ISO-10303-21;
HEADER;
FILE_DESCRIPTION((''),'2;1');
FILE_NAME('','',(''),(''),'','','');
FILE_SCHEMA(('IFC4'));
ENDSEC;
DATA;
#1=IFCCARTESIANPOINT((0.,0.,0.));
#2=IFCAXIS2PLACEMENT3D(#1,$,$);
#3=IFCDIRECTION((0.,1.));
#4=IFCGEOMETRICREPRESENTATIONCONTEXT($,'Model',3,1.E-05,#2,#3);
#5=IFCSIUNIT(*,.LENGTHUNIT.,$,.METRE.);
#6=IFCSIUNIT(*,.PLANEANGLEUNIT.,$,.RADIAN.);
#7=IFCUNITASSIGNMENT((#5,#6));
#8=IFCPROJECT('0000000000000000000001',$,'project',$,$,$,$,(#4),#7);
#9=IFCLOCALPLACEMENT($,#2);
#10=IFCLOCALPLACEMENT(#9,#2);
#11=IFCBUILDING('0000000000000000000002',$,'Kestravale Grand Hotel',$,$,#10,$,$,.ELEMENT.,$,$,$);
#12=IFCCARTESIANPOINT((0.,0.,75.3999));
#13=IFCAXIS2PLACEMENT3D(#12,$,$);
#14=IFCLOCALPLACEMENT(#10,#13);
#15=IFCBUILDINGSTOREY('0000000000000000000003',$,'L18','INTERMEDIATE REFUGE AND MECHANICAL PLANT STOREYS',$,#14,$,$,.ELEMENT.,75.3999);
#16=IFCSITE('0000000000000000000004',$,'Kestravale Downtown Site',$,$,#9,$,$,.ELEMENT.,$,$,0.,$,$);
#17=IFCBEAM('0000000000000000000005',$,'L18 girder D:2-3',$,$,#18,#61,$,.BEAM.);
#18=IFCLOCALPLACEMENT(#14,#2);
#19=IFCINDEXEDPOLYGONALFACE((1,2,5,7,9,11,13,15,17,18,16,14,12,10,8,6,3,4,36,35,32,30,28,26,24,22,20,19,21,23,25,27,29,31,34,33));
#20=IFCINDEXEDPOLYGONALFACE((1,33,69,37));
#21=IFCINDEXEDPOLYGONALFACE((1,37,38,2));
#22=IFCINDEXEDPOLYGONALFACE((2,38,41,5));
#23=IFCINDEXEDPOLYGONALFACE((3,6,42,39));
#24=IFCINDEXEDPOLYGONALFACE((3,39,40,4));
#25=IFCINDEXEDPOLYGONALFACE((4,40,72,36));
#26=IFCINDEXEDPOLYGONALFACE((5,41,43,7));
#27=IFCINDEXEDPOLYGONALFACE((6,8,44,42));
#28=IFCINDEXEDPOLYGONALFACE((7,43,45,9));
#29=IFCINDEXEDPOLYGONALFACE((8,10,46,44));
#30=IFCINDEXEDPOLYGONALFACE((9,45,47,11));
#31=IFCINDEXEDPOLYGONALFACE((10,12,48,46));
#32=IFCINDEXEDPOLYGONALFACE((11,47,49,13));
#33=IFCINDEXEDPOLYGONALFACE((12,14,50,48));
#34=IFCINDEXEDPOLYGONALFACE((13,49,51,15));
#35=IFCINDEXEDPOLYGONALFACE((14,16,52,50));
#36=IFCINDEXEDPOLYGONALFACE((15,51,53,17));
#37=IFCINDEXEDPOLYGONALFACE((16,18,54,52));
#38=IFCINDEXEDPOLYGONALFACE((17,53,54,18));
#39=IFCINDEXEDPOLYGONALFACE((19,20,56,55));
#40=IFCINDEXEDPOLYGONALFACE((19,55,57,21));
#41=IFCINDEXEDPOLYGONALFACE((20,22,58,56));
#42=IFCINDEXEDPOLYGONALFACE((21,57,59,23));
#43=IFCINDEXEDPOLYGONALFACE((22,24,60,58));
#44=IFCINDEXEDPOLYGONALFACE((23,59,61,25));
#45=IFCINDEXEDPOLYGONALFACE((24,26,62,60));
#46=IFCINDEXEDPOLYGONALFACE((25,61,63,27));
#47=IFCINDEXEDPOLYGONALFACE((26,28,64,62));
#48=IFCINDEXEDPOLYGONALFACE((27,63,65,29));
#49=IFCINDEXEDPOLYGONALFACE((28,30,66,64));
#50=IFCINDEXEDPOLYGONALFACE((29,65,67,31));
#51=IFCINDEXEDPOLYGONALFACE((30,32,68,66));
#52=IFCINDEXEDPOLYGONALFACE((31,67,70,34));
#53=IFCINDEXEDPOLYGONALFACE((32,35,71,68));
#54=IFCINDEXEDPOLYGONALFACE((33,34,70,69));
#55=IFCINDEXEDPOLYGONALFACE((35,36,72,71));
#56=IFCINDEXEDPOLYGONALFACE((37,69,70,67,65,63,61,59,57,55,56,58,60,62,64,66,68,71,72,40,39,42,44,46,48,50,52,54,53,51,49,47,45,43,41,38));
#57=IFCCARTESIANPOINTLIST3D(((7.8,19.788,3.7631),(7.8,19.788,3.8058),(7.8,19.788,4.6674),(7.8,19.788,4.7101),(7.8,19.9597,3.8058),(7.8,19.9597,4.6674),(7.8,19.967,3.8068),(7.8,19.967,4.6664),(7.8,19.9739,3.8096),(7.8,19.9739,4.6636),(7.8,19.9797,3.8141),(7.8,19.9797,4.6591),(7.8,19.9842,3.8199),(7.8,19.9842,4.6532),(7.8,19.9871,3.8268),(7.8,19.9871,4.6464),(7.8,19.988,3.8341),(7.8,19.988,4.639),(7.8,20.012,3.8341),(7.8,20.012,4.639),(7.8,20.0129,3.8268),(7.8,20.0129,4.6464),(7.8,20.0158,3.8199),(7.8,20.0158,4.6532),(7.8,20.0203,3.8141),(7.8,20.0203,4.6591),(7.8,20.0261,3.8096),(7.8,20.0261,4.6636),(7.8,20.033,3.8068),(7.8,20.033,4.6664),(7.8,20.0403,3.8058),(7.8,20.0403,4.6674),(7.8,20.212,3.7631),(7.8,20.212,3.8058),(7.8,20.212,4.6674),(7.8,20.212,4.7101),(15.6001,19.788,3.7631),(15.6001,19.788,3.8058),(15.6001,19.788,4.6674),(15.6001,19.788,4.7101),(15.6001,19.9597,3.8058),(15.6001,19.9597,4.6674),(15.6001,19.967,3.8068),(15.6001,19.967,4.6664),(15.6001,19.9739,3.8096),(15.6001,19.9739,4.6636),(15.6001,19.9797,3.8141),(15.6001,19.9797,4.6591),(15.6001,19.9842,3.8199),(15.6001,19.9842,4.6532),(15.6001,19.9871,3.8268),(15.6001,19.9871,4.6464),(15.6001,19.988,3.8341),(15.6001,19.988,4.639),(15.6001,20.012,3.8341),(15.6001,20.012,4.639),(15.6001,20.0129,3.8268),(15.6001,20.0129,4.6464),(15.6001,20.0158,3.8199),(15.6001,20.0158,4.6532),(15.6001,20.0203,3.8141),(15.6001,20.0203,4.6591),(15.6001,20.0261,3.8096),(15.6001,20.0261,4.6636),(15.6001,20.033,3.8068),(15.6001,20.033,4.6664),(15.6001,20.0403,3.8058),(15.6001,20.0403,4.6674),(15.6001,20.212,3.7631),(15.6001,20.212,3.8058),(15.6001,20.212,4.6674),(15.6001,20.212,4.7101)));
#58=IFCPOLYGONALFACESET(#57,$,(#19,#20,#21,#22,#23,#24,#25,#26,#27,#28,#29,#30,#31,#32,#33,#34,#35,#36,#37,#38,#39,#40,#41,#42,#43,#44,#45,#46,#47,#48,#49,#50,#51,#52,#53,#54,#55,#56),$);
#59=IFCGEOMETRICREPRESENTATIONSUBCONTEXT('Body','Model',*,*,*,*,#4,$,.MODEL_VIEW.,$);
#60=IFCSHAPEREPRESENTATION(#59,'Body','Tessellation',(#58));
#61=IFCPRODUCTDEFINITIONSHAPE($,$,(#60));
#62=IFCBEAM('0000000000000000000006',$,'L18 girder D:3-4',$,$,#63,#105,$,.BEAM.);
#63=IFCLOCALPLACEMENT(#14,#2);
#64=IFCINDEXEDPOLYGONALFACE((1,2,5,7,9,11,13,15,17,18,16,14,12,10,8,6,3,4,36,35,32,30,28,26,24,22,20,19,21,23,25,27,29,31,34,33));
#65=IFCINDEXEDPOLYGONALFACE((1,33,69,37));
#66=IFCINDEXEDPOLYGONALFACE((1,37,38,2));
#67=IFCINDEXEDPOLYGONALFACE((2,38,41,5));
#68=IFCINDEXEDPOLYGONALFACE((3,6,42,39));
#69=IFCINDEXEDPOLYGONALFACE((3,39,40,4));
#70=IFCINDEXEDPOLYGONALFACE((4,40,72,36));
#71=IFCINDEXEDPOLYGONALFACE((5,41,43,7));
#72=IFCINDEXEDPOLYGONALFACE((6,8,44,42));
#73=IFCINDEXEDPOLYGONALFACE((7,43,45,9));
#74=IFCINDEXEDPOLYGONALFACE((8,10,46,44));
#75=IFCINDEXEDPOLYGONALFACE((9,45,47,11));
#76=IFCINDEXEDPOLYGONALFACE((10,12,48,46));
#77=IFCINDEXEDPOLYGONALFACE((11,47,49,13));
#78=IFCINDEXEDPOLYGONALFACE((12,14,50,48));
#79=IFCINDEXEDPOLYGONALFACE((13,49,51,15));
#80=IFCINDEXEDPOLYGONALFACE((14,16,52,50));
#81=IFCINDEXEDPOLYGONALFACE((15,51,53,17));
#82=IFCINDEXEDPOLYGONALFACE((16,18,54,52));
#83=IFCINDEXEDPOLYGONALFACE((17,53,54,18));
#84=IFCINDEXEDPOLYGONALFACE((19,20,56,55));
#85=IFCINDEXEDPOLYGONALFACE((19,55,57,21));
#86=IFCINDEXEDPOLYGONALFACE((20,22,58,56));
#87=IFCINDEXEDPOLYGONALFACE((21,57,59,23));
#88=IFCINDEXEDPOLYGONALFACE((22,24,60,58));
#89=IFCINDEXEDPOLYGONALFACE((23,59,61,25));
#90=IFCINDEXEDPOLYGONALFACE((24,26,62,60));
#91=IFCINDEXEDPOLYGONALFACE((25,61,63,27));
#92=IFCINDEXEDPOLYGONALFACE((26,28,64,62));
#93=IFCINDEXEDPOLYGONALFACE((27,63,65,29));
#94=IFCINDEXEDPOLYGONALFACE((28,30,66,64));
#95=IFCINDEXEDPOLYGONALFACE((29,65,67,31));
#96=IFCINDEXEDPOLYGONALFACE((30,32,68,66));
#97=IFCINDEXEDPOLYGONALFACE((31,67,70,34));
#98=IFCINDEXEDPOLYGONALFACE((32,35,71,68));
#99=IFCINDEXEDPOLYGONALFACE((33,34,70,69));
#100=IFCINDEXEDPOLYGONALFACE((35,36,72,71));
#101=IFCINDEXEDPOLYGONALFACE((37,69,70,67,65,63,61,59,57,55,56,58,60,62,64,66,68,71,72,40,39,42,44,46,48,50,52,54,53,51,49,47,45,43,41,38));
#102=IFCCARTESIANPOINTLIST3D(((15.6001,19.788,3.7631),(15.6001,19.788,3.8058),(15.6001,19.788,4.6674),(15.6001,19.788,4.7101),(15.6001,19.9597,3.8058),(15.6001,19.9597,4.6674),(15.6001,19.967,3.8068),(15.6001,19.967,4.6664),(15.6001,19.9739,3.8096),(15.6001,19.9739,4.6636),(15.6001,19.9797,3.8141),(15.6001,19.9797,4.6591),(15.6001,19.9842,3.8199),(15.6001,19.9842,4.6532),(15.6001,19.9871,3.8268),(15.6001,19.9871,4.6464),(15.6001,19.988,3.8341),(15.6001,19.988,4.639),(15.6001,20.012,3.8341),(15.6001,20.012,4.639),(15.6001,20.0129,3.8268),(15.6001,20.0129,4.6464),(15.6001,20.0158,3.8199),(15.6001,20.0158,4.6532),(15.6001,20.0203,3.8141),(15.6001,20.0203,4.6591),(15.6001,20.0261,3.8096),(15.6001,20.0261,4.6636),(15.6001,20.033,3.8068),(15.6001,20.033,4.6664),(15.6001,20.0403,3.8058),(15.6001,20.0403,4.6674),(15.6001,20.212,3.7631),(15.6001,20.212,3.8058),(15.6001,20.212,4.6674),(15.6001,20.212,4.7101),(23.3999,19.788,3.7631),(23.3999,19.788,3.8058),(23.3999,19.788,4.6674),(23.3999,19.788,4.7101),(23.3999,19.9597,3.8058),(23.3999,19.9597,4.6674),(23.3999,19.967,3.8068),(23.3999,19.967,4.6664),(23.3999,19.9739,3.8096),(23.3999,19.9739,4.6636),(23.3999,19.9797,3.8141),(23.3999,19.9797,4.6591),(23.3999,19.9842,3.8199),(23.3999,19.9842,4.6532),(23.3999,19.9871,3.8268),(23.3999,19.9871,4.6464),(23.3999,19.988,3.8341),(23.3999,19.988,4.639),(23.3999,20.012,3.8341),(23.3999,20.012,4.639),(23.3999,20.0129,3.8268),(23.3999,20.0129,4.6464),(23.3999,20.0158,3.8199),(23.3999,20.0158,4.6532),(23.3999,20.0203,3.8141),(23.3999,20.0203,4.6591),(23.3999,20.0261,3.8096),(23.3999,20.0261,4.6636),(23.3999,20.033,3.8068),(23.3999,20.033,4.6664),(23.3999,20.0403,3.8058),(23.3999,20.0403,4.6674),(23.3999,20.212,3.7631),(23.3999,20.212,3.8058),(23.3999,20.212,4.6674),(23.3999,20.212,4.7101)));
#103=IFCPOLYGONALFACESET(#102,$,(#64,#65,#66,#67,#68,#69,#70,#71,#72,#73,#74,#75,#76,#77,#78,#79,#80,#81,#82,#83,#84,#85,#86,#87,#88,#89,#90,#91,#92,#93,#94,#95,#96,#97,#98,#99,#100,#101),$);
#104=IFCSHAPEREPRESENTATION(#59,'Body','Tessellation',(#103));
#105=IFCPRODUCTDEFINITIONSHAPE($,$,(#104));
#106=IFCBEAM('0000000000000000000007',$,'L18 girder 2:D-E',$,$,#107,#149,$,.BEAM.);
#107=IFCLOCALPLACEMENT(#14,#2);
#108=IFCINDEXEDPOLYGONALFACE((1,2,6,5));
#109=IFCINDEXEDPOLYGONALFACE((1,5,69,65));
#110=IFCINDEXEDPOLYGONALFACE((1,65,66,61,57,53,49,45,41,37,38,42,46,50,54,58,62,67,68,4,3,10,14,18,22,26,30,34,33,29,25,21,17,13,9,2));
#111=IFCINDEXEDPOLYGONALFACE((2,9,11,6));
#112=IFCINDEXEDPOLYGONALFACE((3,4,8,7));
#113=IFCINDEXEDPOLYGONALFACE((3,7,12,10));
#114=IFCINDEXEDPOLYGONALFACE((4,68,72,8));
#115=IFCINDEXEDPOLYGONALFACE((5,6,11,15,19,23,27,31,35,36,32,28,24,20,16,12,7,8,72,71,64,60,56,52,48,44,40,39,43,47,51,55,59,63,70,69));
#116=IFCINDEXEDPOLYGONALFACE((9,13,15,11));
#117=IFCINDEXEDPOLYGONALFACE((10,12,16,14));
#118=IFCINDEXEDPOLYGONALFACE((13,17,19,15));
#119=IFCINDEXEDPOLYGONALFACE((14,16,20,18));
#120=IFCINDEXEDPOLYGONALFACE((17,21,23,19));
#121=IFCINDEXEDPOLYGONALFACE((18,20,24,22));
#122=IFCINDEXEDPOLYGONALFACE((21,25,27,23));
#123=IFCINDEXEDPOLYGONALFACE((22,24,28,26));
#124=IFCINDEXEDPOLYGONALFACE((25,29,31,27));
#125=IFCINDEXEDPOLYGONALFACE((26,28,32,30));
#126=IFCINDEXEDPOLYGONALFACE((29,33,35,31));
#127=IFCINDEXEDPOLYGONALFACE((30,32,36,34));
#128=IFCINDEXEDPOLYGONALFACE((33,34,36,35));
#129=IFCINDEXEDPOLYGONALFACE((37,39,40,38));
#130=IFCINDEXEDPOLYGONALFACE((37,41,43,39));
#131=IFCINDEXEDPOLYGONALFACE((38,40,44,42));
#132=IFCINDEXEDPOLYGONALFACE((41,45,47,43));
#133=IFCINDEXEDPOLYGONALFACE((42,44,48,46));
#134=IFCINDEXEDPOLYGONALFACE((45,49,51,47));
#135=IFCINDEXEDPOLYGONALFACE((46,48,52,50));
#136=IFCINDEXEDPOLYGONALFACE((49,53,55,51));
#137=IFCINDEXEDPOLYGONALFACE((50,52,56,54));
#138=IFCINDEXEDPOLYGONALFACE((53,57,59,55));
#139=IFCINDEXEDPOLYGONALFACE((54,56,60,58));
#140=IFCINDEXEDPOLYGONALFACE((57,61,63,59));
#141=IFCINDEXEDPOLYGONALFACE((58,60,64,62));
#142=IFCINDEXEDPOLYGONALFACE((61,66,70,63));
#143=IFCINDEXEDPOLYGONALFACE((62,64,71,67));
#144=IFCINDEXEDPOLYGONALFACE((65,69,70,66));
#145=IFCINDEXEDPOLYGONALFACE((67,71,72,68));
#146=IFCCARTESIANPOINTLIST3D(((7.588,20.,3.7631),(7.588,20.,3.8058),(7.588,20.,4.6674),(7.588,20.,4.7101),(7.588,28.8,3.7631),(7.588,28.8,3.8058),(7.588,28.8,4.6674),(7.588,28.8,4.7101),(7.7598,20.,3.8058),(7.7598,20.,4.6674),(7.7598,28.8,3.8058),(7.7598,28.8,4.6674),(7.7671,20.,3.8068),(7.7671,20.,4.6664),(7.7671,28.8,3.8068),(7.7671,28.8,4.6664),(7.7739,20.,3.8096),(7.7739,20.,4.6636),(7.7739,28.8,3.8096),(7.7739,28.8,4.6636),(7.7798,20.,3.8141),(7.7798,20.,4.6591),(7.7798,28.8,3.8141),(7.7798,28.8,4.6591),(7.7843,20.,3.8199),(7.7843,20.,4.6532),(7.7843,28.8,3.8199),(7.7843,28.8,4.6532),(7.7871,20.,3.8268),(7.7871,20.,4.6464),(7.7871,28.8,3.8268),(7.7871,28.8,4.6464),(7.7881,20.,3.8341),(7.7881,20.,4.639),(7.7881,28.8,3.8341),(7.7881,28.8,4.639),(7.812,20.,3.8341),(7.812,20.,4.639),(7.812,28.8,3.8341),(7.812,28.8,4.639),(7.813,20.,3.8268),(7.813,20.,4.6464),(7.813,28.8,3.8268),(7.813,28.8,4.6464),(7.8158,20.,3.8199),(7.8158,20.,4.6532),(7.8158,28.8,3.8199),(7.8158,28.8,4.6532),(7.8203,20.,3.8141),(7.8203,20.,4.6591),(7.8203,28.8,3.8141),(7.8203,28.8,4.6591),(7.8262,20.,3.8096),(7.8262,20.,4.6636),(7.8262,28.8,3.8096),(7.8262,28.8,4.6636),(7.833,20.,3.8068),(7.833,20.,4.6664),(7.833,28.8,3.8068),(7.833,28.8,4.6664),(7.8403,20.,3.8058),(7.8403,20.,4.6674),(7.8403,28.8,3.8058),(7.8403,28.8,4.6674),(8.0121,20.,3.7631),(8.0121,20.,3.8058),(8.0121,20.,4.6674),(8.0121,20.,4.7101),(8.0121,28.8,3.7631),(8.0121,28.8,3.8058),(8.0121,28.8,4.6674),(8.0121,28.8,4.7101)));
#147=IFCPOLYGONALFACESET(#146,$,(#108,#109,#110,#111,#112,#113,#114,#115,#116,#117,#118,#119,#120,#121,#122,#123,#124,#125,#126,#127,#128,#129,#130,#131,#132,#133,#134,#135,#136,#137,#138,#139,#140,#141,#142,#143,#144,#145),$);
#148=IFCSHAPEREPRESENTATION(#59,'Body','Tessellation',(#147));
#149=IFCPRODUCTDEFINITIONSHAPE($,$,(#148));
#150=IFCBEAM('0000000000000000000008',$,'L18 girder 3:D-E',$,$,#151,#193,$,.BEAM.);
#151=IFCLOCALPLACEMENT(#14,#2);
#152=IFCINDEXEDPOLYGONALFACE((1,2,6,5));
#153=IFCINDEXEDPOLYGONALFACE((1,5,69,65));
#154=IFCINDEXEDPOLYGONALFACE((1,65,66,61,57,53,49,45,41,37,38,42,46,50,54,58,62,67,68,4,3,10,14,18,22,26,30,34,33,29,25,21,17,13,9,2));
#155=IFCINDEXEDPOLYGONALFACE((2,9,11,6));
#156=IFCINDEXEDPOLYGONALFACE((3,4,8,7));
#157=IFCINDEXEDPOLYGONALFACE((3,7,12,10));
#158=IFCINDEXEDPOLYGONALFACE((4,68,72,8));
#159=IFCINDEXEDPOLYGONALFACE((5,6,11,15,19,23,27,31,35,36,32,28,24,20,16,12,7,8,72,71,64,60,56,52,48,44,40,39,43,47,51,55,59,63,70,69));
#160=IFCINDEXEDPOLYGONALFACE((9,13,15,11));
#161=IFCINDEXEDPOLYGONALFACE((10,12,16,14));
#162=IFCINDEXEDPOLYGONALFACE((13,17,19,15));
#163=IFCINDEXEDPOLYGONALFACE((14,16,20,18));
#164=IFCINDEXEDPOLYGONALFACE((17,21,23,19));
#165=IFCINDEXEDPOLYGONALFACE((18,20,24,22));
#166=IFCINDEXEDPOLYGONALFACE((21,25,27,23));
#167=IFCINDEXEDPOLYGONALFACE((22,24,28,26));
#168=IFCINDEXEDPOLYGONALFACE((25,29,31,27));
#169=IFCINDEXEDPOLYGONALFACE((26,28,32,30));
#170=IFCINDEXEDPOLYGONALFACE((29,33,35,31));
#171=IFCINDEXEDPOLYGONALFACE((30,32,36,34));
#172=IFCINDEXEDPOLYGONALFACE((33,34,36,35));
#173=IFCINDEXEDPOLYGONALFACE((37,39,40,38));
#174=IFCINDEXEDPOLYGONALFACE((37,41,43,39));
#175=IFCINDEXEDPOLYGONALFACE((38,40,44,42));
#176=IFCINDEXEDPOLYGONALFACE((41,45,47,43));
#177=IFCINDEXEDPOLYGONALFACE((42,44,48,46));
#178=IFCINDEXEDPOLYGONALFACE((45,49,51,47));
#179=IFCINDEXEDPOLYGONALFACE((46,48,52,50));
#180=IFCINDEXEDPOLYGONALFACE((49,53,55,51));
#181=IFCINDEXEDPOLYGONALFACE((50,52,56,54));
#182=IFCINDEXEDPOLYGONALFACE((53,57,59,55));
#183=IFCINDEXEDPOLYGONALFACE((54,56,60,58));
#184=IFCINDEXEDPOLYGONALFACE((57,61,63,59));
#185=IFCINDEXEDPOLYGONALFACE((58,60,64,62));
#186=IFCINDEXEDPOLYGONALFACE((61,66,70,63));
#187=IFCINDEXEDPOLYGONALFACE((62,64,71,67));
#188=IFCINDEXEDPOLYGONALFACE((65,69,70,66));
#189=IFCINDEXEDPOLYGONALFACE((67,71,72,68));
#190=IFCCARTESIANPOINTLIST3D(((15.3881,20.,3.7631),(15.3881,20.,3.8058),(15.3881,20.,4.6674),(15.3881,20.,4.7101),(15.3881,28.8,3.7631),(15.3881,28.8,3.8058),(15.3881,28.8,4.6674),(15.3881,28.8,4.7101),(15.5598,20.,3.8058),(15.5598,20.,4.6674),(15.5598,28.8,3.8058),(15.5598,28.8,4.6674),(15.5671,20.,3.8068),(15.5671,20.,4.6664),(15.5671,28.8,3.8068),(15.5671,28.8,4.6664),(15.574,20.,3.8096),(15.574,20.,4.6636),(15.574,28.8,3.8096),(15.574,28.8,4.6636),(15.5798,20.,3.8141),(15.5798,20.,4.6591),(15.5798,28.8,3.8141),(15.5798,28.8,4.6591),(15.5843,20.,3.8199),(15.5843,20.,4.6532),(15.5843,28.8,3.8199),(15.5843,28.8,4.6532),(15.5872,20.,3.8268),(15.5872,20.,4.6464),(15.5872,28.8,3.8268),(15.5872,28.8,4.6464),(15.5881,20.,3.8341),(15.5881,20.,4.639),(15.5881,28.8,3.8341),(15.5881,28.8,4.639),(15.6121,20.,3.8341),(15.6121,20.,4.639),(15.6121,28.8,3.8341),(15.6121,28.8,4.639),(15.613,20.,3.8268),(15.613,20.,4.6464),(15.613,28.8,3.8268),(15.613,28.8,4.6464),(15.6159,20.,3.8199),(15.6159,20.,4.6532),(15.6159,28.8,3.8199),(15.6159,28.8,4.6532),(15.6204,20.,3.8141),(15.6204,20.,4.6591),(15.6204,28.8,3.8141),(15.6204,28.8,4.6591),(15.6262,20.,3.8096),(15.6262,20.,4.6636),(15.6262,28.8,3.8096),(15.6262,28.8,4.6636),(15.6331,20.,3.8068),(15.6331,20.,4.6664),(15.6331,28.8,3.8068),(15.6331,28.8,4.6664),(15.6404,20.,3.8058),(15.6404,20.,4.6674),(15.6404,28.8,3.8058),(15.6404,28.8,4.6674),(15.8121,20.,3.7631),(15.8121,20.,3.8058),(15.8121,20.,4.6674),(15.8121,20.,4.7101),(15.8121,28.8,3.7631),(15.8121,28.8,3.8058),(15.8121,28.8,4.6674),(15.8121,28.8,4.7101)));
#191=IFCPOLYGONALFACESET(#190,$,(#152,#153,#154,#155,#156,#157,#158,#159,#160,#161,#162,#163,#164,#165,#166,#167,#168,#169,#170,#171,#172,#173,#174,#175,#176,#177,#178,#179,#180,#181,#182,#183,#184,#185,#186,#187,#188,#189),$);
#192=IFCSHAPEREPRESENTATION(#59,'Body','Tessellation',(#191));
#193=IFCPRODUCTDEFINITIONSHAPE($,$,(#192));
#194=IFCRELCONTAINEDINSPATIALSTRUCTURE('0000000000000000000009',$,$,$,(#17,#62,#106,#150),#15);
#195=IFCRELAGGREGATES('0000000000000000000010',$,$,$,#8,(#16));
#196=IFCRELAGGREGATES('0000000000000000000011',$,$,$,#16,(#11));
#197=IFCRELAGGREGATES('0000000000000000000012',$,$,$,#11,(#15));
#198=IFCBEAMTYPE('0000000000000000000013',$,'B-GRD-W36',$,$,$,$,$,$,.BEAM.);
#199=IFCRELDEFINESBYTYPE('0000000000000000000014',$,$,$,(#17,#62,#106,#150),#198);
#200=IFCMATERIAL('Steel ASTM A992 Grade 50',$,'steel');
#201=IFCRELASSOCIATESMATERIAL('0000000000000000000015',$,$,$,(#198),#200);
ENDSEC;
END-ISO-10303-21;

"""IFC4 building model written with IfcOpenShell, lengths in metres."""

from ifc_helpers import new_model, si_unit, direction, frame, origin, origin_2d, place, context, subcontext, project, spatial, i_section, extrude, material, material_profile, profile_set, type_object, element, save


model = new_model("IFC4")

# Units and contexts
model_context = context("Model", 3, precision=1e-05, world=origin(), true_north=direction((0.0, 1.0)))
body_context = subcontext(model_context, "Body", "Model", "MODEL_VIEW")
ifc_project = project(units=[si_unit("LENGTHUNIT", "METRE"), si_unit("PLANEANGLEUNIT", "RADIAN")], contexts=[model_context])

# Site, building, storey
site_placement = place(None, origin())
site = spatial("IfcSite", under=ifc_project, at=site_placement, Name="Kestravale Downtown Site", CompositionType="ELEMENT", RefElevation=0.0)
building_placement = place(site_placement, origin())
building = spatial("IfcBuilding", under=site, at=building_placement, Name="Kestravale Grand Hotel", CompositionType="ELEMENT")
storey_placement = place(building_placement, frame((0.0, 0.0, 75.3999)))
storey = spatial("IfcBuildingStorey", under=building, at=storey_placement, Name="L18", Description="INTERMEDIATE REFUGE AND MECHANICAL PLANT STOREYS", CompositionType="ELEMENT", Elevation=75.3999)

# Beams
ifc_material_1 = material(Name="Steel ASTM A992 Grade 50", Category="steel")
ifc_material_profile_1 = material_profile(ifc_material_1, i_section(OverallWidth=0.4241, OverallDepth=0.947, WebThickness=0.0239, FlangeThickness=0.0427, FilletRadius=0.0283, at=origin_2d()))
ifc_profile_set_1 = profile_set([ifc_material_profile_1], Name="Steel ASTM A992 Grade 50")
beam_type_1 = type_object("IfcBeamType", Name="B-GRD-W36", PredefinedType="BEAM", material=ifc_profile_set_1)
beam_1_placement = place(storey_placement, frame((7.8, 20.0, 4.2366), z_axis=(1.0, 0.0, 0.0), x_axis=(0.0, 1.0, 0.0)))
element("IfcBeam", 1, at=beam_1_placement, inside=storey, type_object=beam_type_1, Name="L18 girder D:2-3", PredefinedType="BEAM", context=body_context, shape_type="SweptSolid", body=[
    extrude(i_section(OverallWidth=0.4241, OverallDepth=0.947, WebThickness=0.0239, FlangeThickness=0.0427, FilletRadius=0.0283, at=origin_2d()), origin(), (0.0, 0.0, 1.0), 7.8),
])
beam_2_placement = place(storey_placement, frame((15.6001, 20.0, 4.2366), z_axis=(1.0, 0.0, 0.0), x_axis=(0.0, 1.0, 0.0)))
element("IfcBeam", 2, at=beam_2_placement, inside=storey, type_object=beam_type_1, Name="L18 girder D:3-4", PredefinedType="BEAM", context=body_context, shape_type="SweptSolid", body=[
    extrude(i_section(OverallWidth=0.4241, OverallDepth=0.947, WebThickness=0.0239, FlangeThickness=0.0427, FilletRadius=0.0283, at=origin_2d()), origin(), (0.0, 0.0, 1.0), 7.7998),
])
for number, where, z_axis, x_axis, name in (
    (3, (7.8, 20.0, 4.2366), (0.0, 1.0, 0.0), (-1.0, 0.0, 0.0), "L18 girder 2:D-E"),
    (4, (15.6001, 20.0, 4.2366), (0.0, 1.0, 0.0), (-1.0, 0.0, 0.0), "L18 girder 3:D-E"),
):
    element("IfcBeam", number, at=place(storey_placement, frame(where, z_axis=z_axis, x_axis=x_axis)), inside=storey, type_object=beam_type_1, Name=name, PredefinedType="BEAM", context=body_context, shape_type="SweptSolid", body=[
        extrude(i_section(OverallWidth=0.4241, OverallDepth=0.947, WebThickness=0.0239, FlangeThickness=0.0427, FilletRadius=0.0283, at=origin_2d()), origin(), (0.0, 0.0, 1.0), 8.8),
    ])

save(model, "model.ifc")
